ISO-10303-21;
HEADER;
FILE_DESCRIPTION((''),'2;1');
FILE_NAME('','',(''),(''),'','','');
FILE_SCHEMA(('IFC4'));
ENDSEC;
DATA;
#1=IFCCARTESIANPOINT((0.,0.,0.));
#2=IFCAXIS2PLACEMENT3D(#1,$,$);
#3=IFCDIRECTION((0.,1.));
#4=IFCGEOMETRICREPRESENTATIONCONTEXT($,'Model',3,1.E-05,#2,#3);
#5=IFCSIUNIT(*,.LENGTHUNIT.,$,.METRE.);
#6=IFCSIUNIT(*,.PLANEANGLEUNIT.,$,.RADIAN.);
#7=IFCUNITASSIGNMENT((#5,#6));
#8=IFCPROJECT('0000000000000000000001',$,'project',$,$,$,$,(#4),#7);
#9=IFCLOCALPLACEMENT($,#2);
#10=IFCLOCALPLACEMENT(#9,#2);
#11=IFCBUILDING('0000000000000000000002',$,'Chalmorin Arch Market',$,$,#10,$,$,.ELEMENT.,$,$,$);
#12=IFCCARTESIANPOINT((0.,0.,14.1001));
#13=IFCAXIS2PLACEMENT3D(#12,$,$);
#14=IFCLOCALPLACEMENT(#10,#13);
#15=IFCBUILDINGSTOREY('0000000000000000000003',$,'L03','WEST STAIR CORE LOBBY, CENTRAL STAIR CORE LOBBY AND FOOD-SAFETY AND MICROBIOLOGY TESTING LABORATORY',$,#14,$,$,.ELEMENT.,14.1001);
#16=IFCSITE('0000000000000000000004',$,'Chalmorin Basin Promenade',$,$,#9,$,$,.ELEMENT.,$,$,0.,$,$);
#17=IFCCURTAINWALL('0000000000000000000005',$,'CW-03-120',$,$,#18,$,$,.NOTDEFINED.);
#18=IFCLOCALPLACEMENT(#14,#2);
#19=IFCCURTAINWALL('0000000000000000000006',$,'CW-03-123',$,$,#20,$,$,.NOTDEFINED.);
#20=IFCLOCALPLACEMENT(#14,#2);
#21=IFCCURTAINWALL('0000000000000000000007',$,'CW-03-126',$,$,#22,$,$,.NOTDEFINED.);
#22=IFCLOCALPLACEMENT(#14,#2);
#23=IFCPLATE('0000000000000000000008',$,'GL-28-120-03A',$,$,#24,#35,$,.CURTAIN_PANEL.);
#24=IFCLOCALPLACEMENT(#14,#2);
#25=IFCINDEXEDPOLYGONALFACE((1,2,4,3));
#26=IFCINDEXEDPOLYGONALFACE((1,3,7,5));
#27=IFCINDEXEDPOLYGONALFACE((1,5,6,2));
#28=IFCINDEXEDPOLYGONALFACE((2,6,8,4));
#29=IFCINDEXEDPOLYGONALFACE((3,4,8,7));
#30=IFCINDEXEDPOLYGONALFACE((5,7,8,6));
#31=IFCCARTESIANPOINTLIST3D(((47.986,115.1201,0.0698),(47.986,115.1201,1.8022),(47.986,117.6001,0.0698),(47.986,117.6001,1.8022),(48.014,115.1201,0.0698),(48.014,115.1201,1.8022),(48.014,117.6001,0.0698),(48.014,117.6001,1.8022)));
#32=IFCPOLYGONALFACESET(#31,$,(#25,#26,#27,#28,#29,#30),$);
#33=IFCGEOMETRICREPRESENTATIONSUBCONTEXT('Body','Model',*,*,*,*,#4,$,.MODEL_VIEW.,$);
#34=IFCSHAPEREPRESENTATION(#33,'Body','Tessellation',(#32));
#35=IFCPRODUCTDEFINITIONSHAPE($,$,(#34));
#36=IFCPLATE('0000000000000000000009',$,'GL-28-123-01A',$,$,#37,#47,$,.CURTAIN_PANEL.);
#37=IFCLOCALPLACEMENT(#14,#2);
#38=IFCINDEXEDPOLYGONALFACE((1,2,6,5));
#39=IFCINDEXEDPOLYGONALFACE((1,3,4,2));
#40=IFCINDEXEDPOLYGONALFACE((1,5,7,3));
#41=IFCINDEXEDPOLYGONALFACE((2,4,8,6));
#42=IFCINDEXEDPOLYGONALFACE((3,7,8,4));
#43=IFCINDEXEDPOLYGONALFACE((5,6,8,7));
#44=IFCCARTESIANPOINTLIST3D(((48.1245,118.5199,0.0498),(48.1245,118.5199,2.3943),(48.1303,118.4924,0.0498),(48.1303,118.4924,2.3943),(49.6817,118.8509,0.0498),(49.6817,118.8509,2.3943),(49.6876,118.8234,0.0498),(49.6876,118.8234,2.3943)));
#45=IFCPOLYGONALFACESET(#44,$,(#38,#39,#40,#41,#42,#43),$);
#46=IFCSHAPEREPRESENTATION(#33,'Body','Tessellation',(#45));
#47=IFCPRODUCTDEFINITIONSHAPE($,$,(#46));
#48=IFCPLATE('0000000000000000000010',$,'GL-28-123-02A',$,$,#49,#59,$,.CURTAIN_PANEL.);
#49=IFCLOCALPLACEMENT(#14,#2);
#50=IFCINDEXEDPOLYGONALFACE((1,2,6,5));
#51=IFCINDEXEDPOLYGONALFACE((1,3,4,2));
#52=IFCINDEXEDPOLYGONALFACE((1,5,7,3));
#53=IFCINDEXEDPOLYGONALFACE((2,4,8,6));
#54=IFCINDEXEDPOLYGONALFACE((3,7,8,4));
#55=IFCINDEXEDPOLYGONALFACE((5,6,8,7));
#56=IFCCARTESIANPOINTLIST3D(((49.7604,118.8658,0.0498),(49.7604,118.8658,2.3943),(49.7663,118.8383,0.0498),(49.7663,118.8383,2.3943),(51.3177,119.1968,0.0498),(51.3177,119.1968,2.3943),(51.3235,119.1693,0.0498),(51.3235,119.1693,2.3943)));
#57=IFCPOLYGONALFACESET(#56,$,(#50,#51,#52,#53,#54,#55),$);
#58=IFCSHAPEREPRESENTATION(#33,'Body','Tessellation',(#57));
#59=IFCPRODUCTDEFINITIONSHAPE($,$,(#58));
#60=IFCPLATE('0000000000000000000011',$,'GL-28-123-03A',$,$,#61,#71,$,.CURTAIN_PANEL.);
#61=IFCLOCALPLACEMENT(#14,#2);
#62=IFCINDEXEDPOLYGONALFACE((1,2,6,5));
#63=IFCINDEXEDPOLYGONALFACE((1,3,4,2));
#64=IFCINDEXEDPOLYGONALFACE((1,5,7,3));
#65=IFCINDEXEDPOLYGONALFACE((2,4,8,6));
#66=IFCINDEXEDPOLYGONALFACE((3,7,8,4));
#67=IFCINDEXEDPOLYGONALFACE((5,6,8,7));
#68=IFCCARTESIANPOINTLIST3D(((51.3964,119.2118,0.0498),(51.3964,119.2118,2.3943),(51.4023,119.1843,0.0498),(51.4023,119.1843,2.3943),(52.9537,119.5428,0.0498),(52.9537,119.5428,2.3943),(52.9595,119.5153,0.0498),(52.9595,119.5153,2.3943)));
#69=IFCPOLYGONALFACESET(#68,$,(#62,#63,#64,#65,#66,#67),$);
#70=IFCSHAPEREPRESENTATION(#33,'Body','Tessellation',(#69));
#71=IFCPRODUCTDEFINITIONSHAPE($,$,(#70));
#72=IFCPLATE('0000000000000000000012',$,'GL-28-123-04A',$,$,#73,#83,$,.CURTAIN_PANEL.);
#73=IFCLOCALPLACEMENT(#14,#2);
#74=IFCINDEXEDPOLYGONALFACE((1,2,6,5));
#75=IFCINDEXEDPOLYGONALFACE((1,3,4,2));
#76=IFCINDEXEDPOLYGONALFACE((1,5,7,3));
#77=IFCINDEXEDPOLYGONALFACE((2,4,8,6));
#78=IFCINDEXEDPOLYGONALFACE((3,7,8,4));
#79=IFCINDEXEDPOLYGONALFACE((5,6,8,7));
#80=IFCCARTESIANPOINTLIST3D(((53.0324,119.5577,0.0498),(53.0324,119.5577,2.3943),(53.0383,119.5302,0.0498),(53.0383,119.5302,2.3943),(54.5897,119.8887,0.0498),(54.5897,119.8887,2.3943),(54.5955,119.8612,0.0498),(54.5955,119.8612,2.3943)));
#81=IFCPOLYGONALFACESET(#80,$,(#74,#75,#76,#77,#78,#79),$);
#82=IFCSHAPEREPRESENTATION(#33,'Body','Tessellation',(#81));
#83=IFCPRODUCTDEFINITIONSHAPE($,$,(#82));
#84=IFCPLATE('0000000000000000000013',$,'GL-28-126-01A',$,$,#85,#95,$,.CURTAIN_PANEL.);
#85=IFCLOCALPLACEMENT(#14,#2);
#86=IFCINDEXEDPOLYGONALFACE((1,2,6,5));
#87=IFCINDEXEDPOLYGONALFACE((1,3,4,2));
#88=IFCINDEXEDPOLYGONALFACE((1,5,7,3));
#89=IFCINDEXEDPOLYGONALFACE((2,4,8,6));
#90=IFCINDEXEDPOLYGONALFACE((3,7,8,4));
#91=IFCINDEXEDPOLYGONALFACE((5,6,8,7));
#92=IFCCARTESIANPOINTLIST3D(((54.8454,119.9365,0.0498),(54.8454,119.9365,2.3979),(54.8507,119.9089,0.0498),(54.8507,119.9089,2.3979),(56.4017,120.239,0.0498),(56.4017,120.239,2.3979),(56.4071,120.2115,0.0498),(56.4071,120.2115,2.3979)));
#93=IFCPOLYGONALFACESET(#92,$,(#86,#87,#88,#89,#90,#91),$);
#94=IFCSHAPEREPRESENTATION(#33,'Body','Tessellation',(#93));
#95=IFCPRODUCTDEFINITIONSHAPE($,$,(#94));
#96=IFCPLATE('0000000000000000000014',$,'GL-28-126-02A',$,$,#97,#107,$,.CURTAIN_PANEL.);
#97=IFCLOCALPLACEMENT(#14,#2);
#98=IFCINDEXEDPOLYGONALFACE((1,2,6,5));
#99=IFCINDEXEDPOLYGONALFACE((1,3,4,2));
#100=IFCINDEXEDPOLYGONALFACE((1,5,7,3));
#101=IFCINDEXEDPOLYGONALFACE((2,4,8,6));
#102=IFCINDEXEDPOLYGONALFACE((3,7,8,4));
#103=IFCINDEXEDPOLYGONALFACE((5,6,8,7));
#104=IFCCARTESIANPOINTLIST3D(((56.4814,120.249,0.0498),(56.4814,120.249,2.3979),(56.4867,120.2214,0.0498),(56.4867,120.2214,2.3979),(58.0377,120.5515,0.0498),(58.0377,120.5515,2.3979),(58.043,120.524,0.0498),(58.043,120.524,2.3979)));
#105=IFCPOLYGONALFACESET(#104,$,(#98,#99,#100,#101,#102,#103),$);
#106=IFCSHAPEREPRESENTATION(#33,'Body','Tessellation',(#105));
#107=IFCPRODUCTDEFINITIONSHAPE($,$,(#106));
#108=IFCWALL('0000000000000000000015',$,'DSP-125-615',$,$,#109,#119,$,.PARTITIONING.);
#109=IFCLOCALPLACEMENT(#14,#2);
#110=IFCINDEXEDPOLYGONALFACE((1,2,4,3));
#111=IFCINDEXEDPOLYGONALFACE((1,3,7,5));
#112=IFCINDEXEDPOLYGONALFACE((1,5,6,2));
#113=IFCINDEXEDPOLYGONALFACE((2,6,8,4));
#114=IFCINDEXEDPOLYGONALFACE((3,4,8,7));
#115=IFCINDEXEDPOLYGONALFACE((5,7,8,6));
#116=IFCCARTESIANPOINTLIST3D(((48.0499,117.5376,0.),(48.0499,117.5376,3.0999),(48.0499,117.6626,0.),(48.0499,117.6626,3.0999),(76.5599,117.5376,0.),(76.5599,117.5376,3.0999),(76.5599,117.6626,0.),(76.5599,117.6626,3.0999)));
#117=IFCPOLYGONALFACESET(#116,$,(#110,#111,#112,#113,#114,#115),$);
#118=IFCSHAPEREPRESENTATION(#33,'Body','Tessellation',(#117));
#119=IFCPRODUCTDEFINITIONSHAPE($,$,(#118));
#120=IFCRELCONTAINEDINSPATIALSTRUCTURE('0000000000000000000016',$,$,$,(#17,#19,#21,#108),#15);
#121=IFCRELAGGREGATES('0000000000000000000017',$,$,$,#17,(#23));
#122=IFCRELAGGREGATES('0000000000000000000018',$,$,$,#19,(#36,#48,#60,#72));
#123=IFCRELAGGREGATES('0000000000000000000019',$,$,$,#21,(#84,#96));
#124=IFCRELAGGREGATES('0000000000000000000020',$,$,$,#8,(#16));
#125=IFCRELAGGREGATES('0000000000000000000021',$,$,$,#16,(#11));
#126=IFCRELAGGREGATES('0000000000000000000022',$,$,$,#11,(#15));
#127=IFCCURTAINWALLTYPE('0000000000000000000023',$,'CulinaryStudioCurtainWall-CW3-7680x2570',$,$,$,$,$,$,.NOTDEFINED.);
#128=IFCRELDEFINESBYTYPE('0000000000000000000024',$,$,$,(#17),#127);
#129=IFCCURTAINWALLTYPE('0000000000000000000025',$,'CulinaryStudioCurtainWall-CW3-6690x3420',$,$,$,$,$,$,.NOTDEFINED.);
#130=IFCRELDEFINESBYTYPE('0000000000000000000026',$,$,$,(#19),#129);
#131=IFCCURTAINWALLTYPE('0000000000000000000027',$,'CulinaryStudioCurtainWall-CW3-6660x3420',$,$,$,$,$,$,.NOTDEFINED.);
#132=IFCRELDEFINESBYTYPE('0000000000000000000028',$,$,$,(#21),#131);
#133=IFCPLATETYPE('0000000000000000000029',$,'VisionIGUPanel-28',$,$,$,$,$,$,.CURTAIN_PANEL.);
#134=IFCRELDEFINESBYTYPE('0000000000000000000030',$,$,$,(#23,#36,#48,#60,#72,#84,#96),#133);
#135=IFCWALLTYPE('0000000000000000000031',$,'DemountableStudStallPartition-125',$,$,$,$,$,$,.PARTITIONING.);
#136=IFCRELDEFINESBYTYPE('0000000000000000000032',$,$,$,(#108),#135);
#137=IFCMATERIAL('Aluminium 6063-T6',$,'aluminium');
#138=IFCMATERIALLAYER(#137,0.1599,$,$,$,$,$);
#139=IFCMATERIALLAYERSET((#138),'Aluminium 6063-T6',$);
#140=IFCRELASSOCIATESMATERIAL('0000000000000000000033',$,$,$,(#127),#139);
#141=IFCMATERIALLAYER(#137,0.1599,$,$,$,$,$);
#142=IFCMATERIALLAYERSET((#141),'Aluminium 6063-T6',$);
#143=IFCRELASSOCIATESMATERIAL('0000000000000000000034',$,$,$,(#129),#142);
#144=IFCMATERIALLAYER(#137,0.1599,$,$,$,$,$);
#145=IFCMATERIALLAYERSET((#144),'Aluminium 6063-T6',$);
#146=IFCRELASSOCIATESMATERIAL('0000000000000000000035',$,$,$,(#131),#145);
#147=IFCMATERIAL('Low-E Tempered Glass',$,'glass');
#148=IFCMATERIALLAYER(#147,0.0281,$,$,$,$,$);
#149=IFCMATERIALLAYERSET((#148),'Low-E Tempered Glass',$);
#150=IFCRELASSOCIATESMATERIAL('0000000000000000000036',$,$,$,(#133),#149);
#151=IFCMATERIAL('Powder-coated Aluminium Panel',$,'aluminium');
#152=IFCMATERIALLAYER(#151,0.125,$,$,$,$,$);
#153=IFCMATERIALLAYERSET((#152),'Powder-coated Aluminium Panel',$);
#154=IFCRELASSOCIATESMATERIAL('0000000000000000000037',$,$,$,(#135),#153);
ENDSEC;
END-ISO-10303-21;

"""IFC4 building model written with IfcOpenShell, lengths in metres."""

from ifc_helpers import new_model, si_unit, direction, frame, frame_2d, origin, origin_2d, place, context, subcontext, project, spatial, rectangle, extrude, material, layer, layer_set, type_object, element, aggregate, save


model = new_model("IFC4")

# Units and contexts
model_context = context("Model", 3, precision=1e-05, world=origin(), true_north=direction((0.0, 1.0)))
body_context = subcontext(model_context, "Body", "Model", "MODEL_VIEW")
ifc_project = project(units=[si_unit("LENGTHUNIT", "METRE"), si_unit("PLANEANGLEUNIT", "RADIAN")], contexts=[model_context])

# Site, building, storey
site_placement = place(None, origin())
site = spatial("IfcSite", under=ifc_project, at=site_placement, Name="Chalmorin Basin Promenade", CompositionType="ELEMENT", RefElevation=0.0)
building_placement = place(site_placement, origin())
building = spatial("IfcBuilding", under=site, at=building_placement, Name="Chalmorin Arch Market", CompositionType="ELEMENT")
storey_placement = place(building_placement, frame((0.0, 0.0, 14.1001)))
storey = spatial("IfcBuildingStorey", under=building, at=storey_placement, Name="L03", Description="WEST STAIR CORE LOBBY, CENTRAL STAIR CORE LOBBY AND FOOD-SAFETY AND MICROBIOLOGY TESTING LABORATORY", CompositionType="ELEMENT", Elevation=14.1001)

# Curtain walls
ifc_material_1 = material(Name="Aluminium 6063-T6", Category="aluminium")
ifc_layer_1 = layer(ifc_material_1, 0.1599)
ifc_layer_set_1 = layer_set([ifc_layer_1], Name="Aluminium 6063-T6")
curtain_wall_type_1 = type_object("IfcCurtainWallType", Name="CulinaryStudioCurtainWall-CW3-7680x2570", PredefinedType="NOTDEFINED", material=ifc_layer_set_1)
curtain_wall_1_placement = place(storey_placement, origin())
curtain_wall_1 = element("IfcCurtainWall", 1, at=curtain_wall_1_placement, inside=storey, type_object=curtain_wall_type_1, Name="CW-03-120", PredefinedType="NOTDEFINED")
ifc_layer_2 = layer(ifc_material_1, 0.1599)
ifc_layer_set_2 = layer_set([ifc_layer_2], Name="Aluminium 6063-T6")
curtain_wall_type_2 = type_object("IfcCurtainWallType", Name="CulinaryStudioCurtainWall-CW3-6690x3420", PredefinedType="NOTDEFINED", material=ifc_layer_set_2)
curtain_wall_2_placement = place(storey_placement, origin())
curtain_wall_2 = element("IfcCurtainWall", 2, at=curtain_wall_2_placement, inside=storey, type_object=curtain_wall_type_2, Name="CW-03-123", PredefinedType="NOTDEFINED")
ifc_layer_3 = layer(ifc_material_1, 0.1599)
ifc_layer_set_3 = layer_set([ifc_layer_3], Name="Aluminium 6063-T6")
curtain_wall_type_3 = type_object("IfcCurtainWallType", Name="CulinaryStudioCurtainWall-CW3-6660x3420", PredefinedType="NOTDEFINED", material=ifc_layer_set_3)
curtain_wall_3_placement = place(storey_placement, origin())
curtain_wall_3 = element("IfcCurtainWall", 3, at=curtain_wall_3_placement, inside=storey, type_object=curtain_wall_type_3, Name="CW-03-126", PredefinedType="NOTDEFINED")

# Plates
ifc_material_2 = material(Name="Powder-coated Aluminium Panel", Category="aluminium")
ifc_material_3 = material(Name="Low-E Tempered Glass", Category="glass")
ifc_layer_4 = layer(ifc_material_3, 0.0281)
ifc_layer_set_4 = layer_set([ifc_layer_4], Name="Low-E Tempered Glass")
plate_type_1 = type_object("IfcPlateType", Name="VisionIGUPanel-28", PredefinedType="CURTAIN_PANEL", material=ifc_layer_set_4)
plate_1_placement = place(storey_placement, frame((48.0, 116.3601, 0.0698), z_axis=(0.0, 0.0, 1.0), x_axis=(0.0, 1.0, 0.0)))
plate_1 = element("IfcPlate", 4, at=plate_1_placement, type_object=plate_type_1, Name="GL-28-120-03A", PredefinedType="CURTAIN_PANEL", context=body_context, shape_type="SweptSolid", body=[
    extrude(rectangle(XDim=2.48, YDim=0.0281, at=origin_2d()), origin(), (0.0, 0.0, 1.0), 1.7324),
])
aggregate(curtain_wall_1, [plate_1])
plate_2_placement = place(storey_placement, frame((48.906, 118.6716, 0.0498), z_axis=(0.0, 0.0, 1.0), x_axis=(0.978148, 0.207912, 0.0)))
plate_2 = element("IfcPlate", 5, at=plate_2_placement, type_object=plate_type_1, Name="GL-28-123-01A", PredefinedType="CURTAIN_PANEL", context=body_context, shape_type="SweptSolid", body=[
    extrude(rectangle(XDim=1.592, YDim=0.0281, at=origin_2d()), origin(), (0.0, 0.0, 1.0), 2.3445),
])
plate_3_placement = place(storey_placement, frame((50.542, 119.0176, 0.0498), z_axis=(0.0, 0.0, 1.0), x_axis=(0.978148, 0.207912, 0.0)))
plate_3 = element("IfcPlate", 6, at=plate_3_placement, type_object=plate_type_1, Name="GL-28-123-02A", PredefinedType="CURTAIN_PANEL", context=body_context, shape_type="SweptSolid", body=[
    extrude(rectangle(XDim=1.592, YDim=0.0281, at=origin_2d()), origin(), (0.0, 0.0, 1.0), 2.3445),
])
plate_4_placement = place(storey_placement, frame((52.178, 119.3635, 0.0498), z_axis=(0.0, 0.0, 1.0), x_axis=(0.978148, 0.207912, 0.0)))
plate_4 = element("IfcPlate", 7, at=plate_4_placement, type_object=plate_type_1, Name="GL-28-123-03A", PredefinedType="CURTAIN_PANEL", context=body_context, shape_type="SweptSolid", body=[
    extrude(rectangle(XDim=1.592, YDim=0.0281, at=origin_2d()), origin(), (0.0, 0.0, 1.0), 2.3445),
])
plate_5_placement = place(storey_placement, frame((53.814, 119.7095, 0.0498), z_axis=(0.0, 0.0, 1.0), x_axis=(0.978148, 0.207912, 0.0)))
plate_5 = element("IfcPlate", 8, at=plate_5_placement, type_object=plate_type_1, Name="GL-28-123-04A", PredefinedType="CURTAIN_PANEL", context=body_context, shape_type="SweptSolid", body=[
    extrude(rectangle(XDim=1.592, YDim=0.0281, at=origin_2d()), origin(), (0.0, 0.0, 1.0), 2.3445),
])
aggregate(curtain_wall_2, [plate_2, plate_3, plate_4, plate_5])
plate_6_placement = place(storey_placement, frame((55.6262, 120.074, 0.0498), z_axis=(0.0, 0.0, 1.0), x_axis=(0.981627, 0.190809, 0.0)))
plate_6 = element("IfcPlate", 9, at=plate_6_placement, type_object=plate_type_1, Name="GL-28-126-01A", PredefinedType="CURTAIN_PANEL", context=body_context, shape_type="SweptSolid", body=[
    extrude(rectangle(XDim=1.5854, YDim=0.0281, at=origin_2d()), origin(), (0.0, 0.0, 1.0), 2.3481),
])
plate_7_placement = place(storey_placement, frame((57.2622, 120.3865, 0.0498), z_axis=(0.0, 0.0, 1.0), x_axis=(0.981627, 0.190809, 0.0)))
plate_7 = element("IfcPlate", 10, at=plate_7_placement, type_object=plate_type_1, Name="GL-28-126-02A", PredefinedType="CURTAIN_PANEL", context=body_context, shape_type="SweptSolid", body=[
    extrude(rectangle(XDim=1.5854, YDim=0.0281, at=origin_2d()), origin(), (0.0, 0.0, 1.0), 2.3481),
])
aggregate(curtain_wall_3, [plate_6, plate_7])

# Wall
ifc_layer_5 = layer(ifc_material_2, 0.125)
ifc_layer_set_5 = layer_set([ifc_layer_5], Name="Powder-coated Aluminium Panel")
wall_type = type_object("IfcWallType", Name="DemountableStudStallPartition-125", PredefinedType="PARTITIONING", material=ifc_layer_set_5)
wall_placement = place(storey_placement, frame((48.05, 117.6001, 0.0), z_axis=(0.0, 0.0, 1.0), x_axis=(1.0, 0.0, 0.0)))
element("IfcWall", 11, at=wall_placement, inside=storey, type_object=wall_type, Name="DSP-125-615", PredefinedType="PARTITIONING", context=body_context, shape_type="SweptSolid", body=[
    extrude(rectangle(XDim=28.51, YDim=0.125, at=frame_2d((14.2549, 0.0))), origin(), (0.0, 0.0, 1.0), 3.0999),
])

save(model, "model.ifc")
